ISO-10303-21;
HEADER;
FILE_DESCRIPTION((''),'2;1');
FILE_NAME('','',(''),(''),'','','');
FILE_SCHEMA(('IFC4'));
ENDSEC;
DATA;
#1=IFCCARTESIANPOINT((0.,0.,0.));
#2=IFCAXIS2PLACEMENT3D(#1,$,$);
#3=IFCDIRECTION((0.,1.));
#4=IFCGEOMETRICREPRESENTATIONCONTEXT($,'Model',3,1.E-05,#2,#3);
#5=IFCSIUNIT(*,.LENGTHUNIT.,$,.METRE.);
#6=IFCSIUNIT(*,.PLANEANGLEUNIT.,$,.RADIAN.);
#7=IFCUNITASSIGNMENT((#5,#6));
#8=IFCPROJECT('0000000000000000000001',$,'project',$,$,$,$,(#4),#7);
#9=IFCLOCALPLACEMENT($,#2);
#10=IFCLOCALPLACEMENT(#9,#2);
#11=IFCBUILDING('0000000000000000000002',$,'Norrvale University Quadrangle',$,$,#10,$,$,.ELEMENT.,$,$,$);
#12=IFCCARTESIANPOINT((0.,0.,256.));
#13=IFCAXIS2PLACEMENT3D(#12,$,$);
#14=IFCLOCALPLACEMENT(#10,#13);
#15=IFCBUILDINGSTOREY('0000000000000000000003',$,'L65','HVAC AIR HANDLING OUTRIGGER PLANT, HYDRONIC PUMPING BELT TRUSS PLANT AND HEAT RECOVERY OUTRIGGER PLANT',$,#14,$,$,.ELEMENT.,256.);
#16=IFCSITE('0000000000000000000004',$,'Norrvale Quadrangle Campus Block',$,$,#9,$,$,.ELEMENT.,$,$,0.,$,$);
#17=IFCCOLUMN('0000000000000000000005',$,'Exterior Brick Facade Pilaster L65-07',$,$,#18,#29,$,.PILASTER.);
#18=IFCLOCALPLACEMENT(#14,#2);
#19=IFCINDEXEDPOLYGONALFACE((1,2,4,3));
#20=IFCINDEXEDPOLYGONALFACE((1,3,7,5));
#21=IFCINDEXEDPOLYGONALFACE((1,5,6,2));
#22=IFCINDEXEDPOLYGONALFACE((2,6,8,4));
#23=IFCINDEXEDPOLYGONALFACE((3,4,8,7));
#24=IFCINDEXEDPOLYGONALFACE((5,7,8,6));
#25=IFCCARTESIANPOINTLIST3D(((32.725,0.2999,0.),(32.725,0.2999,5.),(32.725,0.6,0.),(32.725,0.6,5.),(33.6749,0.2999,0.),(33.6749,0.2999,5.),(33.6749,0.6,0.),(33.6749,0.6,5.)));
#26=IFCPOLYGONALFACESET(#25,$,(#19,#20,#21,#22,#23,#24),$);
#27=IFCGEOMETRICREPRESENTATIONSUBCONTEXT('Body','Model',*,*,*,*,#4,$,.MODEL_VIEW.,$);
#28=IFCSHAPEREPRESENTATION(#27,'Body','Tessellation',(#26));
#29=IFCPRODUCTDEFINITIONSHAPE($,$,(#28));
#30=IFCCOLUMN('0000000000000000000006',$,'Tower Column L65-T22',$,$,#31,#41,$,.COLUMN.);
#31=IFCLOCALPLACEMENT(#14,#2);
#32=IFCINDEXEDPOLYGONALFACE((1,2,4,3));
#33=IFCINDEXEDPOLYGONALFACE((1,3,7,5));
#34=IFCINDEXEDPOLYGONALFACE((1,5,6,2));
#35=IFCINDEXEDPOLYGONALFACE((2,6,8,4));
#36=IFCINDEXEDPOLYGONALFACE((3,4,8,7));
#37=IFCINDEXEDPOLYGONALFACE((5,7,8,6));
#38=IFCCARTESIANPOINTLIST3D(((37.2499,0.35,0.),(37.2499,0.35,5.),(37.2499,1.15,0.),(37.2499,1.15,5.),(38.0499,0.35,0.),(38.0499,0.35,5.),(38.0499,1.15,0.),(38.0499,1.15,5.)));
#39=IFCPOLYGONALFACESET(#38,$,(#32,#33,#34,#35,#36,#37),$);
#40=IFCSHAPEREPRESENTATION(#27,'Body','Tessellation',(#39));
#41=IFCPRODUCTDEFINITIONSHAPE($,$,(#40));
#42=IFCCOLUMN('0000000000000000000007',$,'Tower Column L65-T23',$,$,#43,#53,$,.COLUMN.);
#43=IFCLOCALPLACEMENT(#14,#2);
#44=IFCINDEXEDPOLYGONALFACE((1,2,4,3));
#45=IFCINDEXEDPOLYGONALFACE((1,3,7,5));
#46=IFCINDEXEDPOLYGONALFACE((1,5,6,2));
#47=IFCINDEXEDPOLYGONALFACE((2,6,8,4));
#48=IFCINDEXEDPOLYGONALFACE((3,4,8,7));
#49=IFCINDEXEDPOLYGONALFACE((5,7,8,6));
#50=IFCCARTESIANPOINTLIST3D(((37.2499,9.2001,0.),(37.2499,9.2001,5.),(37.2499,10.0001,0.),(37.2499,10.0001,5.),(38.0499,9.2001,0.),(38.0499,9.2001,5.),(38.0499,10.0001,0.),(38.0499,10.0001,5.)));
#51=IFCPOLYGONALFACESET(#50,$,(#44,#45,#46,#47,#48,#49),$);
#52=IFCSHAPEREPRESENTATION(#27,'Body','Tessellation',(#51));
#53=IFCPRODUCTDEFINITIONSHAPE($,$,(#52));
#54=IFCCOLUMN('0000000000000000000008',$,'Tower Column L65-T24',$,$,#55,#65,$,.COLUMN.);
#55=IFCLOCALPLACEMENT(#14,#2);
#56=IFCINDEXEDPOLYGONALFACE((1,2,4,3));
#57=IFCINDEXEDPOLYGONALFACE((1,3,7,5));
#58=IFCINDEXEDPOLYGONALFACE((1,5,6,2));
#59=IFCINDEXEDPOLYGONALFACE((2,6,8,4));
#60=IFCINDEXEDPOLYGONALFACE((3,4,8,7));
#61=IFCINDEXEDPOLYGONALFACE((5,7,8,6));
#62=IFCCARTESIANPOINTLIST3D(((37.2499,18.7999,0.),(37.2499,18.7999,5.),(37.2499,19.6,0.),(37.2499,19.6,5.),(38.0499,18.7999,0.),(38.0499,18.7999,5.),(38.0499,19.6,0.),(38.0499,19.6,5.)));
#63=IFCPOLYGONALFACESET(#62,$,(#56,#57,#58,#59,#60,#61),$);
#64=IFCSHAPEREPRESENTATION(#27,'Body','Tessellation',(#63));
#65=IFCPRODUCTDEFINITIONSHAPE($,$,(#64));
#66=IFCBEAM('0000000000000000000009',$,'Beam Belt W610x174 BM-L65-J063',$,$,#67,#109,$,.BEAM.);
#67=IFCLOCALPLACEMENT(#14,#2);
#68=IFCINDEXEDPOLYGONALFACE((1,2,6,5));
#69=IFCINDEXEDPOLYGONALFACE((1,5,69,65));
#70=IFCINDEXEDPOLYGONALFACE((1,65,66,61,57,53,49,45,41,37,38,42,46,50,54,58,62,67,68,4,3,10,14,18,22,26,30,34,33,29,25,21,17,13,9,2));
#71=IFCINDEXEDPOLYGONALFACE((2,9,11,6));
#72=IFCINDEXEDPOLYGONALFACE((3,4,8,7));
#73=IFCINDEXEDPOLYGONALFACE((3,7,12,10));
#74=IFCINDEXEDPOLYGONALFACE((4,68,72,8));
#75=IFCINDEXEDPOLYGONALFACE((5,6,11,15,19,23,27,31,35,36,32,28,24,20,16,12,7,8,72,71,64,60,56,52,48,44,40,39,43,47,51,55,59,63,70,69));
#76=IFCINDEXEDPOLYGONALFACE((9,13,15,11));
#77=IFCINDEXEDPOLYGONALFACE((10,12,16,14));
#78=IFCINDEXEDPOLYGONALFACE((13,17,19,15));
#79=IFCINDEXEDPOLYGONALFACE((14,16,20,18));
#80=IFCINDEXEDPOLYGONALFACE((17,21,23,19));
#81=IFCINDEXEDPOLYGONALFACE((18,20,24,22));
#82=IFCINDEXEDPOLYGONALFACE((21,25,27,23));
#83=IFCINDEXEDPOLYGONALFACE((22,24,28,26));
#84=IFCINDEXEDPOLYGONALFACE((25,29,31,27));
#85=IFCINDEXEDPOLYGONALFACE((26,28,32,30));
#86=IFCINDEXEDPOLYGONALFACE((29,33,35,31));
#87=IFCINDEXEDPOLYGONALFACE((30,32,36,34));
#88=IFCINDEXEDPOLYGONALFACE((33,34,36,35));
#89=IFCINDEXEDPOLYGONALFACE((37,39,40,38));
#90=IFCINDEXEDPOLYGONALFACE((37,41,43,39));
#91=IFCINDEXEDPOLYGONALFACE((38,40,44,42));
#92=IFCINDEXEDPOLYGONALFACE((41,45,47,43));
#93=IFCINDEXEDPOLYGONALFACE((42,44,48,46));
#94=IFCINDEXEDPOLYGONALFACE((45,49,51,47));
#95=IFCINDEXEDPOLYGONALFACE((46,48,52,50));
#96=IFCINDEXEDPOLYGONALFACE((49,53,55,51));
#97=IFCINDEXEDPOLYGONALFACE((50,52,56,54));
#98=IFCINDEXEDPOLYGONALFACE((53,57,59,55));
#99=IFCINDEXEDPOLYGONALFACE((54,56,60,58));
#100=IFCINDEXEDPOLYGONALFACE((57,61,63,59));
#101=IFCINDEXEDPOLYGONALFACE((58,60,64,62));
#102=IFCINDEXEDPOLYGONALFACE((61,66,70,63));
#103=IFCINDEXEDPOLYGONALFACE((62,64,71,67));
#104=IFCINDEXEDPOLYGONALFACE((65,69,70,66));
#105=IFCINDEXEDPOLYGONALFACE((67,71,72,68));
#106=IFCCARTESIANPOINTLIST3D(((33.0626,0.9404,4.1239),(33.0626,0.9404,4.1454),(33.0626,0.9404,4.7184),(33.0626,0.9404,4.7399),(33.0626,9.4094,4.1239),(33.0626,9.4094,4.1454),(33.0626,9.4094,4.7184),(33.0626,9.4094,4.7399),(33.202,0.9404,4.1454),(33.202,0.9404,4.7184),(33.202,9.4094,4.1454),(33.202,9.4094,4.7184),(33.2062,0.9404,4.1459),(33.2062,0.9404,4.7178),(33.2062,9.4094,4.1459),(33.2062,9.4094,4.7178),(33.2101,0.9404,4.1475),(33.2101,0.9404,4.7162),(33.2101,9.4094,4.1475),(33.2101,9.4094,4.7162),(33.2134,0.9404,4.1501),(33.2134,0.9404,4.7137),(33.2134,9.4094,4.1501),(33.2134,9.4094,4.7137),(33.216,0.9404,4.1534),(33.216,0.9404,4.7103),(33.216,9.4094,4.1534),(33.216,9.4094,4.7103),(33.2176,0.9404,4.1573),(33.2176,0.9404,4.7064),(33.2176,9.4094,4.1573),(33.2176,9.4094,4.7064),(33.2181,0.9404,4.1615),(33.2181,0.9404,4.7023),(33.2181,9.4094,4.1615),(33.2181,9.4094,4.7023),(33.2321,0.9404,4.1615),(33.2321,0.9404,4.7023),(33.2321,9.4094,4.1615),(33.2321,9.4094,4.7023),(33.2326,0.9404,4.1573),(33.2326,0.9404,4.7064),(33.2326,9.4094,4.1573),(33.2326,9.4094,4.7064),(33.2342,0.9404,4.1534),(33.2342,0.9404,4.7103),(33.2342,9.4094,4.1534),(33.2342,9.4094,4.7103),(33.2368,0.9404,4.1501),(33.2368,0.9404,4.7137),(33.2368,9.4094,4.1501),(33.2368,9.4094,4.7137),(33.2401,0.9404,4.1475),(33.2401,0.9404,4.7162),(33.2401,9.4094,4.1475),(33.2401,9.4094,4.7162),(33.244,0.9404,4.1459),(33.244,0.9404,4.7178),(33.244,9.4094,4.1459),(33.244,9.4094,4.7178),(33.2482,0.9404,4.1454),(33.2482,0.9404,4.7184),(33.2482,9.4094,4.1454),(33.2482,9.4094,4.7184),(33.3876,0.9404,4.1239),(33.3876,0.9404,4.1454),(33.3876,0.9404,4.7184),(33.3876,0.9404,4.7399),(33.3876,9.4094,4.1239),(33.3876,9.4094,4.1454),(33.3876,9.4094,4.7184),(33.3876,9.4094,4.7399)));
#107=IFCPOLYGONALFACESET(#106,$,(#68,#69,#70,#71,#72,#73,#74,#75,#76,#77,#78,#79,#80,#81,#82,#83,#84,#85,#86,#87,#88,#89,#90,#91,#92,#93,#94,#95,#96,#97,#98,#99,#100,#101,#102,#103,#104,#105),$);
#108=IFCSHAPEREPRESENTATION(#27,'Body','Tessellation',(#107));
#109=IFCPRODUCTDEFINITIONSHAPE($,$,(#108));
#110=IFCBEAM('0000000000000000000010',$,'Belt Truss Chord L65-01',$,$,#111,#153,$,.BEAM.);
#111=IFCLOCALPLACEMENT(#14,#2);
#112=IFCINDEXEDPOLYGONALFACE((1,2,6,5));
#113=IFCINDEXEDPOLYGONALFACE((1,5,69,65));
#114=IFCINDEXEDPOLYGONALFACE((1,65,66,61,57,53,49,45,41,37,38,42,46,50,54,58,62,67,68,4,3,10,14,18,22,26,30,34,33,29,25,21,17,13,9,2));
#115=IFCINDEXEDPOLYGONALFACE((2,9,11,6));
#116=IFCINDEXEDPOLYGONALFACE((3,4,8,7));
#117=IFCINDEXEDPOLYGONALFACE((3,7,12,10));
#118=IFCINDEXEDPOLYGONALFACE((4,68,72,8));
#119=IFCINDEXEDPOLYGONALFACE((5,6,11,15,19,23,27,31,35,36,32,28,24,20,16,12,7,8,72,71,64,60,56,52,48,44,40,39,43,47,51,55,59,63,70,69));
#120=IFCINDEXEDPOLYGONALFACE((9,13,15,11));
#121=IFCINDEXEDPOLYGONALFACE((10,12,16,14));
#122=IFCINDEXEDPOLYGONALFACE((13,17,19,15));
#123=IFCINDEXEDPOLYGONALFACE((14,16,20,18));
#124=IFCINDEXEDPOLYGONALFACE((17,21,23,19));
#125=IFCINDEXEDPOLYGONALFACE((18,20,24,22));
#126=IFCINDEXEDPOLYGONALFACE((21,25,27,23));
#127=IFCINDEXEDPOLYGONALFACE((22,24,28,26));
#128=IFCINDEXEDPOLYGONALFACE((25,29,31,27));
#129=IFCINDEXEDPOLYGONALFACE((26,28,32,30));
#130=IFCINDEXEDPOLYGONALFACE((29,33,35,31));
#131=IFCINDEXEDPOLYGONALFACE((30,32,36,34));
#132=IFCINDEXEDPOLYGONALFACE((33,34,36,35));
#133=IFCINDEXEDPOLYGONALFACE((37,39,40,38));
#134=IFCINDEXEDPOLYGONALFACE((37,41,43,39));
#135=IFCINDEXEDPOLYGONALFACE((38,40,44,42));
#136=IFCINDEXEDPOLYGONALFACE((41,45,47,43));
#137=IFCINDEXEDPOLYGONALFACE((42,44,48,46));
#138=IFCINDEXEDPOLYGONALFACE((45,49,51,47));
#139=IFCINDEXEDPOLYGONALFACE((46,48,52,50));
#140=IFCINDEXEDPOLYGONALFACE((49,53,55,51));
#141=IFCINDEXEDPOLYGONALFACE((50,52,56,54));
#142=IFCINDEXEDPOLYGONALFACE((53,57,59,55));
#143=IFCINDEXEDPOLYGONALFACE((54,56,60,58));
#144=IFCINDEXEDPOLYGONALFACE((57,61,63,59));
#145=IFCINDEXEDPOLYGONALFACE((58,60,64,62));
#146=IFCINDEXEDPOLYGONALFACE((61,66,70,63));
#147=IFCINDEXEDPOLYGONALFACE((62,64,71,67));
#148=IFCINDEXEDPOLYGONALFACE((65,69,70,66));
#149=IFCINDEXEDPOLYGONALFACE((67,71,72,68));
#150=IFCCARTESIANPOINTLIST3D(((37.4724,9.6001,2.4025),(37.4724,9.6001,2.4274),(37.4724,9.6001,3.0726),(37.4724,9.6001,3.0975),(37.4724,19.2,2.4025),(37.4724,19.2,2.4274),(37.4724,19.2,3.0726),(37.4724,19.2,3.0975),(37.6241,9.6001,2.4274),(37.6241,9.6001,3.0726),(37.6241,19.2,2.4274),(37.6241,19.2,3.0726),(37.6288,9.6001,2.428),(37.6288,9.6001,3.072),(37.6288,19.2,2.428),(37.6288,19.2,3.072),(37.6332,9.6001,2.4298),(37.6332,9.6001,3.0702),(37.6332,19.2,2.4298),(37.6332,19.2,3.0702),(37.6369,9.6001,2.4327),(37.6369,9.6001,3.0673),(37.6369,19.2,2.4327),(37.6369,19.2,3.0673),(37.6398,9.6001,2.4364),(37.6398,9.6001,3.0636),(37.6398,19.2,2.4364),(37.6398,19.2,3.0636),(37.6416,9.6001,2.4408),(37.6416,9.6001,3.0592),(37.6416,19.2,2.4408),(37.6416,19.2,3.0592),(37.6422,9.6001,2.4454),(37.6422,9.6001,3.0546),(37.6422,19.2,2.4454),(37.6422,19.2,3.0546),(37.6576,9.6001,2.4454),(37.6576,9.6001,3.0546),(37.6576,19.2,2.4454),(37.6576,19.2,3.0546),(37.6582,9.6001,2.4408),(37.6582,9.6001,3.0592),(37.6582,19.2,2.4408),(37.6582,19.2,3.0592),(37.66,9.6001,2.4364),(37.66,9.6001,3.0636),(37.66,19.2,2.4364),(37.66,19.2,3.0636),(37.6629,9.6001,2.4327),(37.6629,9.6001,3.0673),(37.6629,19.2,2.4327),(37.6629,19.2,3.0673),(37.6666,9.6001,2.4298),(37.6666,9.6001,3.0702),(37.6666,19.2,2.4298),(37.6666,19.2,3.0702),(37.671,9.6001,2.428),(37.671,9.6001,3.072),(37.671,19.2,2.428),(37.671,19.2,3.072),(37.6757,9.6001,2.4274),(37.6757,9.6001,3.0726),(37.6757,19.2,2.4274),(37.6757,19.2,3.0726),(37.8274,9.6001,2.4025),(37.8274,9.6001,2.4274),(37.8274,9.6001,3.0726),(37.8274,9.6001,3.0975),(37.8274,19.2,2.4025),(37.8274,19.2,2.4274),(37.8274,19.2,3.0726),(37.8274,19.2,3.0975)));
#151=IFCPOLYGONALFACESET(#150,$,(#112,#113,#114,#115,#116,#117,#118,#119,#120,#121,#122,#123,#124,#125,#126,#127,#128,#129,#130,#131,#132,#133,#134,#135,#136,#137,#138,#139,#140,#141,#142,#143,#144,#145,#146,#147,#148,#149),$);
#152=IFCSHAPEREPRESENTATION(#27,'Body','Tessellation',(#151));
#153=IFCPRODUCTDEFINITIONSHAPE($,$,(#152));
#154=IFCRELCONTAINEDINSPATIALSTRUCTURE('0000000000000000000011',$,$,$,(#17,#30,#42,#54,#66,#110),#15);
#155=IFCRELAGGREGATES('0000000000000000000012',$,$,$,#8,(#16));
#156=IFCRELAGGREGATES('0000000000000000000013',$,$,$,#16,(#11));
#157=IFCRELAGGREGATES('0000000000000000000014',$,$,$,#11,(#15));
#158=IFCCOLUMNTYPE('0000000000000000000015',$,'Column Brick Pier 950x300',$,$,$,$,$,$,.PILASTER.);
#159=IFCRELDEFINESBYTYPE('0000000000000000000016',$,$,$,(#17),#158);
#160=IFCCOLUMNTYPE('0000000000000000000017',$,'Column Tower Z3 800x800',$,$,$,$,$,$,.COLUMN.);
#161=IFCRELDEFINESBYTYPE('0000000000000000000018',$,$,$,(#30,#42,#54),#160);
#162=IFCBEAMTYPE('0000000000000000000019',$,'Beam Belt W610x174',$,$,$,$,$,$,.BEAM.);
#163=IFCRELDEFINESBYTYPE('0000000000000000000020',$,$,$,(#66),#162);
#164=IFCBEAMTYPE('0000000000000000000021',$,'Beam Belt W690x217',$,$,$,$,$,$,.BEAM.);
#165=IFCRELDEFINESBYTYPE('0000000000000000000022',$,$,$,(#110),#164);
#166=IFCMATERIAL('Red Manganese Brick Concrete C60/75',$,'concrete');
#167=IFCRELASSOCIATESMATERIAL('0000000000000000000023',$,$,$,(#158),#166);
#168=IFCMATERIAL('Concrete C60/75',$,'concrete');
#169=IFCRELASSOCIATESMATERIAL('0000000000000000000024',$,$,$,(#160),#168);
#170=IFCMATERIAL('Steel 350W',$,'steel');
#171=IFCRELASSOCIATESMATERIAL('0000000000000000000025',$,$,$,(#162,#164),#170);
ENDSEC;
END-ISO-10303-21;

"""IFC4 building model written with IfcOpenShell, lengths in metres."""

from ifc_helpers import new_model, si_unit, direction, frame, origin, origin_2d, place, context, subcontext, project, spatial, rectangle, i_section, extrude, material, material_profile, profile_set, type_object, element, save


model = new_model("IFC4")

# Units and contexts
model_context = context("Model", 3, precision=1e-05, world=origin(), true_north=direction((0.0, 1.0)))
body_context = subcontext(model_context, "Body", "Model", "MODEL_VIEW")
ifc_project = project(units=[si_unit("LENGTHUNIT", "METRE"), si_unit("PLANEANGLEUNIT", "RADIAN")], contexts=[model_context])

# Site, building, storey
site_placement = place(None, origin())
site = spatial("IfcSite", under=ifc_project, at=site_placement, Name="Norrvale Quadrangle Campus Block", CompositionType="ELEMENT", RefElevation=0.0)
building_placement = place(site_placement, origin())
building = spatial("IfcBuilding", under=site, at=building_placement, Name="Norrvale University Quadrangle", CompositionType="ELEMENT")
storey_placement = place(building_placement, frame((0.0, 0.0, 256.0)))
storey = spatial("IfcBuildingStorey", under=building, at=storey_placement, Name="L65", Description="HVAC AIR HANDLING OUTRIGGER PLANT, HYDRONIC PUMPING BELT TRUSS PLANT AND HEAT RECOVERY OUTRIGGER PLANT", CompositionType="ELEMENT", Elevation=256.0)

# Columns
ifc_material_1 = material(Name="Red Manganese Brick Concrete C60/75", Category="concrete")
ifc_material_profile_1 = material_profile(ifc_material_1, rectangle(XDim=0.95, YDim=0.3, at=origin_2d()), Name="Red Manganese Brick Concrete C60/75")
ifc_profile_set_1 = profile_set([ifc_material_profile_1], Name="Red Manganese Brick Concrete C60/75")
column_type_1 = type_object("IfcColumnType", Name="Column Brick Pier 950x300", PredefinedType="PILASTER", material=ifc_profile_set_1)
column_placement = place(storey_placement, frame((33.2, 0.45, 0.0), z_axis=(0.0, 0.0, 1.0), x_axis=(1.0, 0.0, 0.0)))
element("IfcColumn", 1, at=column_placement, inside=storey, type_object=column_type_1, Name="Exterior Brick Facade Pilaster L65-07", PredefinedType="PILASTER", context=body_context, shape_type="SweptSolid", body=[
    extrude(rectangle(XDim=0.95, YDim=0.3, at=origin_2d()), origin(), (0.0, 0.0, 1.0), 5.0),
])
ifc_material_2 = material(Name="Concrete C60/75", Category="concrete")
ifc_material_profile_2 = material_profile(ifc_material_2, rectangle(XDim=0.8, YDim=0.8, at=origin_2d()), Name="Concrete C60/75")
ifc_profile_set_2 = profile_set([ifc_material_profile_2], Name="Concrete C60/75")
column_type_2 = type_object("IfcColumnType", Name="Column Tower Z3 800x800", PredefinedType="COLUMN", material=ifc_profile_set_2)
for number, where, z_axis, x_axis, name in (
    (2, (37.6499, 0.75, 0.0), (0.0, 0.0, 1.0), (1.0, 0.0, 0.0), "Tower Column L65-T22"),
    (3, (37.6499, 9.6001, 0.0), (0.0, 0.0, 1.0), (1.0, 0.0, 0.0), "Tower Column L65-T23"),
    (4, (37.6499, 19.2, 0.0), (0.0, 0.0, 1.0), (1.0, 0.0, 0.0), "Tower Column L65-T24"),
):
    element("IfcColumn", number, at=place(storey_placement, frame(where, z_axis=z_axis, x_axis=x_axis)), inside=storey, type_object=column_type_2, Name=name, PredefinedType="COLUMN", context=body_context, shape_type="SweptSolid", body=[
        extrude(rectangle(XDim=0.8, YDim=0.8, at=origin_2d()), origin(), (0.0, 0.0, 1.0), 5.0),
    ])

# Beams
ifc_material_3 = material(Name="Steel 350W", Category="steel")
ifc_material_profile_3 = material_profile(ifc_material_3, i_section(OverallWidth=0.325, OverallDepth=0.616, WebThickness=0.0139, FlangeThickness=0.0215, FilletRadius=0.0161, at=origin_2d()), Name="Steel 350W")
ifc_profile_set_3 = profile_set([ifc_material_profile_3], Name="Steel 350W")
beam_type_1 = type_object("IfcBeamType", Name="Beam Belt W610x174", PredefinedType="BEAM", material=ifc_profile_set_3)
beam_1_placement = place(storey_placement, frame((33.2251, 0.9404, 4.4319), z_axis=(0.0, 1.0, 0.0), x_axis=(-1.0, 0.0, 0.0)))
element("IfcBeam", 5, at=beam_1_placement, inside=storey, type_object=beam_type_1, Name="Beam Belt W610x174 BM-L65-J063", PredefinedType="BEAM", context=body_context, shape_type="SweptSolid", body=[
    extrude(i_section(OverallWidth=0.325, OverallDepth=0.616, WebThickness=0.0139, FlangeThickness=0.0215, FilletRadius=0.0161, at=origin_2d()), origin(), (0.0, 0.0, 1.0), 8.469),
])
ifc_material_profile_4 = material_profile(ifc_material_3, i_section(OverallWidth=0.355, OverallDepth=0.6951, WebThickness=0.0154, FlangeThickness=0.0249, FilletRadius=0.0181, at=origin_2d()), Name="Steel 350W")
ifc_profile_set_4 = profile_set([ifc_material_profile_4], Name="Steel 350W")
beam_type_2 = type_object("IfcBeamType", Name="Beam Belt W690x217", PredefinedType="BEAM", material=ifc_profile_set_4)
beam_2_placement = place(storey_placement, frame((37.6499, 9.6001, 2.75), z_axis=(0.0, 1.0, 0.0), x_axis=(-1.0, 0.0, 0.0)))
element("IfcBeam", 6, at=beam_2_placement, inside=storey, type_object=beam_type_2, Name="Belt Truss Chord L65-01", PredefinedType="BEAM", context=body_context, shape_type="SweptSolid", body=[
    extrude(i_section(OverallWidth=0.355, OverallDepth=0.6951, WebThickness=0.0154, FlangeThickness=0.0249, FilletRadius=0.0181, at=origin_2d()), origin(), (0.0, 0.0, 1.0), 9.5999),
])

save(model, "model.ifc")
